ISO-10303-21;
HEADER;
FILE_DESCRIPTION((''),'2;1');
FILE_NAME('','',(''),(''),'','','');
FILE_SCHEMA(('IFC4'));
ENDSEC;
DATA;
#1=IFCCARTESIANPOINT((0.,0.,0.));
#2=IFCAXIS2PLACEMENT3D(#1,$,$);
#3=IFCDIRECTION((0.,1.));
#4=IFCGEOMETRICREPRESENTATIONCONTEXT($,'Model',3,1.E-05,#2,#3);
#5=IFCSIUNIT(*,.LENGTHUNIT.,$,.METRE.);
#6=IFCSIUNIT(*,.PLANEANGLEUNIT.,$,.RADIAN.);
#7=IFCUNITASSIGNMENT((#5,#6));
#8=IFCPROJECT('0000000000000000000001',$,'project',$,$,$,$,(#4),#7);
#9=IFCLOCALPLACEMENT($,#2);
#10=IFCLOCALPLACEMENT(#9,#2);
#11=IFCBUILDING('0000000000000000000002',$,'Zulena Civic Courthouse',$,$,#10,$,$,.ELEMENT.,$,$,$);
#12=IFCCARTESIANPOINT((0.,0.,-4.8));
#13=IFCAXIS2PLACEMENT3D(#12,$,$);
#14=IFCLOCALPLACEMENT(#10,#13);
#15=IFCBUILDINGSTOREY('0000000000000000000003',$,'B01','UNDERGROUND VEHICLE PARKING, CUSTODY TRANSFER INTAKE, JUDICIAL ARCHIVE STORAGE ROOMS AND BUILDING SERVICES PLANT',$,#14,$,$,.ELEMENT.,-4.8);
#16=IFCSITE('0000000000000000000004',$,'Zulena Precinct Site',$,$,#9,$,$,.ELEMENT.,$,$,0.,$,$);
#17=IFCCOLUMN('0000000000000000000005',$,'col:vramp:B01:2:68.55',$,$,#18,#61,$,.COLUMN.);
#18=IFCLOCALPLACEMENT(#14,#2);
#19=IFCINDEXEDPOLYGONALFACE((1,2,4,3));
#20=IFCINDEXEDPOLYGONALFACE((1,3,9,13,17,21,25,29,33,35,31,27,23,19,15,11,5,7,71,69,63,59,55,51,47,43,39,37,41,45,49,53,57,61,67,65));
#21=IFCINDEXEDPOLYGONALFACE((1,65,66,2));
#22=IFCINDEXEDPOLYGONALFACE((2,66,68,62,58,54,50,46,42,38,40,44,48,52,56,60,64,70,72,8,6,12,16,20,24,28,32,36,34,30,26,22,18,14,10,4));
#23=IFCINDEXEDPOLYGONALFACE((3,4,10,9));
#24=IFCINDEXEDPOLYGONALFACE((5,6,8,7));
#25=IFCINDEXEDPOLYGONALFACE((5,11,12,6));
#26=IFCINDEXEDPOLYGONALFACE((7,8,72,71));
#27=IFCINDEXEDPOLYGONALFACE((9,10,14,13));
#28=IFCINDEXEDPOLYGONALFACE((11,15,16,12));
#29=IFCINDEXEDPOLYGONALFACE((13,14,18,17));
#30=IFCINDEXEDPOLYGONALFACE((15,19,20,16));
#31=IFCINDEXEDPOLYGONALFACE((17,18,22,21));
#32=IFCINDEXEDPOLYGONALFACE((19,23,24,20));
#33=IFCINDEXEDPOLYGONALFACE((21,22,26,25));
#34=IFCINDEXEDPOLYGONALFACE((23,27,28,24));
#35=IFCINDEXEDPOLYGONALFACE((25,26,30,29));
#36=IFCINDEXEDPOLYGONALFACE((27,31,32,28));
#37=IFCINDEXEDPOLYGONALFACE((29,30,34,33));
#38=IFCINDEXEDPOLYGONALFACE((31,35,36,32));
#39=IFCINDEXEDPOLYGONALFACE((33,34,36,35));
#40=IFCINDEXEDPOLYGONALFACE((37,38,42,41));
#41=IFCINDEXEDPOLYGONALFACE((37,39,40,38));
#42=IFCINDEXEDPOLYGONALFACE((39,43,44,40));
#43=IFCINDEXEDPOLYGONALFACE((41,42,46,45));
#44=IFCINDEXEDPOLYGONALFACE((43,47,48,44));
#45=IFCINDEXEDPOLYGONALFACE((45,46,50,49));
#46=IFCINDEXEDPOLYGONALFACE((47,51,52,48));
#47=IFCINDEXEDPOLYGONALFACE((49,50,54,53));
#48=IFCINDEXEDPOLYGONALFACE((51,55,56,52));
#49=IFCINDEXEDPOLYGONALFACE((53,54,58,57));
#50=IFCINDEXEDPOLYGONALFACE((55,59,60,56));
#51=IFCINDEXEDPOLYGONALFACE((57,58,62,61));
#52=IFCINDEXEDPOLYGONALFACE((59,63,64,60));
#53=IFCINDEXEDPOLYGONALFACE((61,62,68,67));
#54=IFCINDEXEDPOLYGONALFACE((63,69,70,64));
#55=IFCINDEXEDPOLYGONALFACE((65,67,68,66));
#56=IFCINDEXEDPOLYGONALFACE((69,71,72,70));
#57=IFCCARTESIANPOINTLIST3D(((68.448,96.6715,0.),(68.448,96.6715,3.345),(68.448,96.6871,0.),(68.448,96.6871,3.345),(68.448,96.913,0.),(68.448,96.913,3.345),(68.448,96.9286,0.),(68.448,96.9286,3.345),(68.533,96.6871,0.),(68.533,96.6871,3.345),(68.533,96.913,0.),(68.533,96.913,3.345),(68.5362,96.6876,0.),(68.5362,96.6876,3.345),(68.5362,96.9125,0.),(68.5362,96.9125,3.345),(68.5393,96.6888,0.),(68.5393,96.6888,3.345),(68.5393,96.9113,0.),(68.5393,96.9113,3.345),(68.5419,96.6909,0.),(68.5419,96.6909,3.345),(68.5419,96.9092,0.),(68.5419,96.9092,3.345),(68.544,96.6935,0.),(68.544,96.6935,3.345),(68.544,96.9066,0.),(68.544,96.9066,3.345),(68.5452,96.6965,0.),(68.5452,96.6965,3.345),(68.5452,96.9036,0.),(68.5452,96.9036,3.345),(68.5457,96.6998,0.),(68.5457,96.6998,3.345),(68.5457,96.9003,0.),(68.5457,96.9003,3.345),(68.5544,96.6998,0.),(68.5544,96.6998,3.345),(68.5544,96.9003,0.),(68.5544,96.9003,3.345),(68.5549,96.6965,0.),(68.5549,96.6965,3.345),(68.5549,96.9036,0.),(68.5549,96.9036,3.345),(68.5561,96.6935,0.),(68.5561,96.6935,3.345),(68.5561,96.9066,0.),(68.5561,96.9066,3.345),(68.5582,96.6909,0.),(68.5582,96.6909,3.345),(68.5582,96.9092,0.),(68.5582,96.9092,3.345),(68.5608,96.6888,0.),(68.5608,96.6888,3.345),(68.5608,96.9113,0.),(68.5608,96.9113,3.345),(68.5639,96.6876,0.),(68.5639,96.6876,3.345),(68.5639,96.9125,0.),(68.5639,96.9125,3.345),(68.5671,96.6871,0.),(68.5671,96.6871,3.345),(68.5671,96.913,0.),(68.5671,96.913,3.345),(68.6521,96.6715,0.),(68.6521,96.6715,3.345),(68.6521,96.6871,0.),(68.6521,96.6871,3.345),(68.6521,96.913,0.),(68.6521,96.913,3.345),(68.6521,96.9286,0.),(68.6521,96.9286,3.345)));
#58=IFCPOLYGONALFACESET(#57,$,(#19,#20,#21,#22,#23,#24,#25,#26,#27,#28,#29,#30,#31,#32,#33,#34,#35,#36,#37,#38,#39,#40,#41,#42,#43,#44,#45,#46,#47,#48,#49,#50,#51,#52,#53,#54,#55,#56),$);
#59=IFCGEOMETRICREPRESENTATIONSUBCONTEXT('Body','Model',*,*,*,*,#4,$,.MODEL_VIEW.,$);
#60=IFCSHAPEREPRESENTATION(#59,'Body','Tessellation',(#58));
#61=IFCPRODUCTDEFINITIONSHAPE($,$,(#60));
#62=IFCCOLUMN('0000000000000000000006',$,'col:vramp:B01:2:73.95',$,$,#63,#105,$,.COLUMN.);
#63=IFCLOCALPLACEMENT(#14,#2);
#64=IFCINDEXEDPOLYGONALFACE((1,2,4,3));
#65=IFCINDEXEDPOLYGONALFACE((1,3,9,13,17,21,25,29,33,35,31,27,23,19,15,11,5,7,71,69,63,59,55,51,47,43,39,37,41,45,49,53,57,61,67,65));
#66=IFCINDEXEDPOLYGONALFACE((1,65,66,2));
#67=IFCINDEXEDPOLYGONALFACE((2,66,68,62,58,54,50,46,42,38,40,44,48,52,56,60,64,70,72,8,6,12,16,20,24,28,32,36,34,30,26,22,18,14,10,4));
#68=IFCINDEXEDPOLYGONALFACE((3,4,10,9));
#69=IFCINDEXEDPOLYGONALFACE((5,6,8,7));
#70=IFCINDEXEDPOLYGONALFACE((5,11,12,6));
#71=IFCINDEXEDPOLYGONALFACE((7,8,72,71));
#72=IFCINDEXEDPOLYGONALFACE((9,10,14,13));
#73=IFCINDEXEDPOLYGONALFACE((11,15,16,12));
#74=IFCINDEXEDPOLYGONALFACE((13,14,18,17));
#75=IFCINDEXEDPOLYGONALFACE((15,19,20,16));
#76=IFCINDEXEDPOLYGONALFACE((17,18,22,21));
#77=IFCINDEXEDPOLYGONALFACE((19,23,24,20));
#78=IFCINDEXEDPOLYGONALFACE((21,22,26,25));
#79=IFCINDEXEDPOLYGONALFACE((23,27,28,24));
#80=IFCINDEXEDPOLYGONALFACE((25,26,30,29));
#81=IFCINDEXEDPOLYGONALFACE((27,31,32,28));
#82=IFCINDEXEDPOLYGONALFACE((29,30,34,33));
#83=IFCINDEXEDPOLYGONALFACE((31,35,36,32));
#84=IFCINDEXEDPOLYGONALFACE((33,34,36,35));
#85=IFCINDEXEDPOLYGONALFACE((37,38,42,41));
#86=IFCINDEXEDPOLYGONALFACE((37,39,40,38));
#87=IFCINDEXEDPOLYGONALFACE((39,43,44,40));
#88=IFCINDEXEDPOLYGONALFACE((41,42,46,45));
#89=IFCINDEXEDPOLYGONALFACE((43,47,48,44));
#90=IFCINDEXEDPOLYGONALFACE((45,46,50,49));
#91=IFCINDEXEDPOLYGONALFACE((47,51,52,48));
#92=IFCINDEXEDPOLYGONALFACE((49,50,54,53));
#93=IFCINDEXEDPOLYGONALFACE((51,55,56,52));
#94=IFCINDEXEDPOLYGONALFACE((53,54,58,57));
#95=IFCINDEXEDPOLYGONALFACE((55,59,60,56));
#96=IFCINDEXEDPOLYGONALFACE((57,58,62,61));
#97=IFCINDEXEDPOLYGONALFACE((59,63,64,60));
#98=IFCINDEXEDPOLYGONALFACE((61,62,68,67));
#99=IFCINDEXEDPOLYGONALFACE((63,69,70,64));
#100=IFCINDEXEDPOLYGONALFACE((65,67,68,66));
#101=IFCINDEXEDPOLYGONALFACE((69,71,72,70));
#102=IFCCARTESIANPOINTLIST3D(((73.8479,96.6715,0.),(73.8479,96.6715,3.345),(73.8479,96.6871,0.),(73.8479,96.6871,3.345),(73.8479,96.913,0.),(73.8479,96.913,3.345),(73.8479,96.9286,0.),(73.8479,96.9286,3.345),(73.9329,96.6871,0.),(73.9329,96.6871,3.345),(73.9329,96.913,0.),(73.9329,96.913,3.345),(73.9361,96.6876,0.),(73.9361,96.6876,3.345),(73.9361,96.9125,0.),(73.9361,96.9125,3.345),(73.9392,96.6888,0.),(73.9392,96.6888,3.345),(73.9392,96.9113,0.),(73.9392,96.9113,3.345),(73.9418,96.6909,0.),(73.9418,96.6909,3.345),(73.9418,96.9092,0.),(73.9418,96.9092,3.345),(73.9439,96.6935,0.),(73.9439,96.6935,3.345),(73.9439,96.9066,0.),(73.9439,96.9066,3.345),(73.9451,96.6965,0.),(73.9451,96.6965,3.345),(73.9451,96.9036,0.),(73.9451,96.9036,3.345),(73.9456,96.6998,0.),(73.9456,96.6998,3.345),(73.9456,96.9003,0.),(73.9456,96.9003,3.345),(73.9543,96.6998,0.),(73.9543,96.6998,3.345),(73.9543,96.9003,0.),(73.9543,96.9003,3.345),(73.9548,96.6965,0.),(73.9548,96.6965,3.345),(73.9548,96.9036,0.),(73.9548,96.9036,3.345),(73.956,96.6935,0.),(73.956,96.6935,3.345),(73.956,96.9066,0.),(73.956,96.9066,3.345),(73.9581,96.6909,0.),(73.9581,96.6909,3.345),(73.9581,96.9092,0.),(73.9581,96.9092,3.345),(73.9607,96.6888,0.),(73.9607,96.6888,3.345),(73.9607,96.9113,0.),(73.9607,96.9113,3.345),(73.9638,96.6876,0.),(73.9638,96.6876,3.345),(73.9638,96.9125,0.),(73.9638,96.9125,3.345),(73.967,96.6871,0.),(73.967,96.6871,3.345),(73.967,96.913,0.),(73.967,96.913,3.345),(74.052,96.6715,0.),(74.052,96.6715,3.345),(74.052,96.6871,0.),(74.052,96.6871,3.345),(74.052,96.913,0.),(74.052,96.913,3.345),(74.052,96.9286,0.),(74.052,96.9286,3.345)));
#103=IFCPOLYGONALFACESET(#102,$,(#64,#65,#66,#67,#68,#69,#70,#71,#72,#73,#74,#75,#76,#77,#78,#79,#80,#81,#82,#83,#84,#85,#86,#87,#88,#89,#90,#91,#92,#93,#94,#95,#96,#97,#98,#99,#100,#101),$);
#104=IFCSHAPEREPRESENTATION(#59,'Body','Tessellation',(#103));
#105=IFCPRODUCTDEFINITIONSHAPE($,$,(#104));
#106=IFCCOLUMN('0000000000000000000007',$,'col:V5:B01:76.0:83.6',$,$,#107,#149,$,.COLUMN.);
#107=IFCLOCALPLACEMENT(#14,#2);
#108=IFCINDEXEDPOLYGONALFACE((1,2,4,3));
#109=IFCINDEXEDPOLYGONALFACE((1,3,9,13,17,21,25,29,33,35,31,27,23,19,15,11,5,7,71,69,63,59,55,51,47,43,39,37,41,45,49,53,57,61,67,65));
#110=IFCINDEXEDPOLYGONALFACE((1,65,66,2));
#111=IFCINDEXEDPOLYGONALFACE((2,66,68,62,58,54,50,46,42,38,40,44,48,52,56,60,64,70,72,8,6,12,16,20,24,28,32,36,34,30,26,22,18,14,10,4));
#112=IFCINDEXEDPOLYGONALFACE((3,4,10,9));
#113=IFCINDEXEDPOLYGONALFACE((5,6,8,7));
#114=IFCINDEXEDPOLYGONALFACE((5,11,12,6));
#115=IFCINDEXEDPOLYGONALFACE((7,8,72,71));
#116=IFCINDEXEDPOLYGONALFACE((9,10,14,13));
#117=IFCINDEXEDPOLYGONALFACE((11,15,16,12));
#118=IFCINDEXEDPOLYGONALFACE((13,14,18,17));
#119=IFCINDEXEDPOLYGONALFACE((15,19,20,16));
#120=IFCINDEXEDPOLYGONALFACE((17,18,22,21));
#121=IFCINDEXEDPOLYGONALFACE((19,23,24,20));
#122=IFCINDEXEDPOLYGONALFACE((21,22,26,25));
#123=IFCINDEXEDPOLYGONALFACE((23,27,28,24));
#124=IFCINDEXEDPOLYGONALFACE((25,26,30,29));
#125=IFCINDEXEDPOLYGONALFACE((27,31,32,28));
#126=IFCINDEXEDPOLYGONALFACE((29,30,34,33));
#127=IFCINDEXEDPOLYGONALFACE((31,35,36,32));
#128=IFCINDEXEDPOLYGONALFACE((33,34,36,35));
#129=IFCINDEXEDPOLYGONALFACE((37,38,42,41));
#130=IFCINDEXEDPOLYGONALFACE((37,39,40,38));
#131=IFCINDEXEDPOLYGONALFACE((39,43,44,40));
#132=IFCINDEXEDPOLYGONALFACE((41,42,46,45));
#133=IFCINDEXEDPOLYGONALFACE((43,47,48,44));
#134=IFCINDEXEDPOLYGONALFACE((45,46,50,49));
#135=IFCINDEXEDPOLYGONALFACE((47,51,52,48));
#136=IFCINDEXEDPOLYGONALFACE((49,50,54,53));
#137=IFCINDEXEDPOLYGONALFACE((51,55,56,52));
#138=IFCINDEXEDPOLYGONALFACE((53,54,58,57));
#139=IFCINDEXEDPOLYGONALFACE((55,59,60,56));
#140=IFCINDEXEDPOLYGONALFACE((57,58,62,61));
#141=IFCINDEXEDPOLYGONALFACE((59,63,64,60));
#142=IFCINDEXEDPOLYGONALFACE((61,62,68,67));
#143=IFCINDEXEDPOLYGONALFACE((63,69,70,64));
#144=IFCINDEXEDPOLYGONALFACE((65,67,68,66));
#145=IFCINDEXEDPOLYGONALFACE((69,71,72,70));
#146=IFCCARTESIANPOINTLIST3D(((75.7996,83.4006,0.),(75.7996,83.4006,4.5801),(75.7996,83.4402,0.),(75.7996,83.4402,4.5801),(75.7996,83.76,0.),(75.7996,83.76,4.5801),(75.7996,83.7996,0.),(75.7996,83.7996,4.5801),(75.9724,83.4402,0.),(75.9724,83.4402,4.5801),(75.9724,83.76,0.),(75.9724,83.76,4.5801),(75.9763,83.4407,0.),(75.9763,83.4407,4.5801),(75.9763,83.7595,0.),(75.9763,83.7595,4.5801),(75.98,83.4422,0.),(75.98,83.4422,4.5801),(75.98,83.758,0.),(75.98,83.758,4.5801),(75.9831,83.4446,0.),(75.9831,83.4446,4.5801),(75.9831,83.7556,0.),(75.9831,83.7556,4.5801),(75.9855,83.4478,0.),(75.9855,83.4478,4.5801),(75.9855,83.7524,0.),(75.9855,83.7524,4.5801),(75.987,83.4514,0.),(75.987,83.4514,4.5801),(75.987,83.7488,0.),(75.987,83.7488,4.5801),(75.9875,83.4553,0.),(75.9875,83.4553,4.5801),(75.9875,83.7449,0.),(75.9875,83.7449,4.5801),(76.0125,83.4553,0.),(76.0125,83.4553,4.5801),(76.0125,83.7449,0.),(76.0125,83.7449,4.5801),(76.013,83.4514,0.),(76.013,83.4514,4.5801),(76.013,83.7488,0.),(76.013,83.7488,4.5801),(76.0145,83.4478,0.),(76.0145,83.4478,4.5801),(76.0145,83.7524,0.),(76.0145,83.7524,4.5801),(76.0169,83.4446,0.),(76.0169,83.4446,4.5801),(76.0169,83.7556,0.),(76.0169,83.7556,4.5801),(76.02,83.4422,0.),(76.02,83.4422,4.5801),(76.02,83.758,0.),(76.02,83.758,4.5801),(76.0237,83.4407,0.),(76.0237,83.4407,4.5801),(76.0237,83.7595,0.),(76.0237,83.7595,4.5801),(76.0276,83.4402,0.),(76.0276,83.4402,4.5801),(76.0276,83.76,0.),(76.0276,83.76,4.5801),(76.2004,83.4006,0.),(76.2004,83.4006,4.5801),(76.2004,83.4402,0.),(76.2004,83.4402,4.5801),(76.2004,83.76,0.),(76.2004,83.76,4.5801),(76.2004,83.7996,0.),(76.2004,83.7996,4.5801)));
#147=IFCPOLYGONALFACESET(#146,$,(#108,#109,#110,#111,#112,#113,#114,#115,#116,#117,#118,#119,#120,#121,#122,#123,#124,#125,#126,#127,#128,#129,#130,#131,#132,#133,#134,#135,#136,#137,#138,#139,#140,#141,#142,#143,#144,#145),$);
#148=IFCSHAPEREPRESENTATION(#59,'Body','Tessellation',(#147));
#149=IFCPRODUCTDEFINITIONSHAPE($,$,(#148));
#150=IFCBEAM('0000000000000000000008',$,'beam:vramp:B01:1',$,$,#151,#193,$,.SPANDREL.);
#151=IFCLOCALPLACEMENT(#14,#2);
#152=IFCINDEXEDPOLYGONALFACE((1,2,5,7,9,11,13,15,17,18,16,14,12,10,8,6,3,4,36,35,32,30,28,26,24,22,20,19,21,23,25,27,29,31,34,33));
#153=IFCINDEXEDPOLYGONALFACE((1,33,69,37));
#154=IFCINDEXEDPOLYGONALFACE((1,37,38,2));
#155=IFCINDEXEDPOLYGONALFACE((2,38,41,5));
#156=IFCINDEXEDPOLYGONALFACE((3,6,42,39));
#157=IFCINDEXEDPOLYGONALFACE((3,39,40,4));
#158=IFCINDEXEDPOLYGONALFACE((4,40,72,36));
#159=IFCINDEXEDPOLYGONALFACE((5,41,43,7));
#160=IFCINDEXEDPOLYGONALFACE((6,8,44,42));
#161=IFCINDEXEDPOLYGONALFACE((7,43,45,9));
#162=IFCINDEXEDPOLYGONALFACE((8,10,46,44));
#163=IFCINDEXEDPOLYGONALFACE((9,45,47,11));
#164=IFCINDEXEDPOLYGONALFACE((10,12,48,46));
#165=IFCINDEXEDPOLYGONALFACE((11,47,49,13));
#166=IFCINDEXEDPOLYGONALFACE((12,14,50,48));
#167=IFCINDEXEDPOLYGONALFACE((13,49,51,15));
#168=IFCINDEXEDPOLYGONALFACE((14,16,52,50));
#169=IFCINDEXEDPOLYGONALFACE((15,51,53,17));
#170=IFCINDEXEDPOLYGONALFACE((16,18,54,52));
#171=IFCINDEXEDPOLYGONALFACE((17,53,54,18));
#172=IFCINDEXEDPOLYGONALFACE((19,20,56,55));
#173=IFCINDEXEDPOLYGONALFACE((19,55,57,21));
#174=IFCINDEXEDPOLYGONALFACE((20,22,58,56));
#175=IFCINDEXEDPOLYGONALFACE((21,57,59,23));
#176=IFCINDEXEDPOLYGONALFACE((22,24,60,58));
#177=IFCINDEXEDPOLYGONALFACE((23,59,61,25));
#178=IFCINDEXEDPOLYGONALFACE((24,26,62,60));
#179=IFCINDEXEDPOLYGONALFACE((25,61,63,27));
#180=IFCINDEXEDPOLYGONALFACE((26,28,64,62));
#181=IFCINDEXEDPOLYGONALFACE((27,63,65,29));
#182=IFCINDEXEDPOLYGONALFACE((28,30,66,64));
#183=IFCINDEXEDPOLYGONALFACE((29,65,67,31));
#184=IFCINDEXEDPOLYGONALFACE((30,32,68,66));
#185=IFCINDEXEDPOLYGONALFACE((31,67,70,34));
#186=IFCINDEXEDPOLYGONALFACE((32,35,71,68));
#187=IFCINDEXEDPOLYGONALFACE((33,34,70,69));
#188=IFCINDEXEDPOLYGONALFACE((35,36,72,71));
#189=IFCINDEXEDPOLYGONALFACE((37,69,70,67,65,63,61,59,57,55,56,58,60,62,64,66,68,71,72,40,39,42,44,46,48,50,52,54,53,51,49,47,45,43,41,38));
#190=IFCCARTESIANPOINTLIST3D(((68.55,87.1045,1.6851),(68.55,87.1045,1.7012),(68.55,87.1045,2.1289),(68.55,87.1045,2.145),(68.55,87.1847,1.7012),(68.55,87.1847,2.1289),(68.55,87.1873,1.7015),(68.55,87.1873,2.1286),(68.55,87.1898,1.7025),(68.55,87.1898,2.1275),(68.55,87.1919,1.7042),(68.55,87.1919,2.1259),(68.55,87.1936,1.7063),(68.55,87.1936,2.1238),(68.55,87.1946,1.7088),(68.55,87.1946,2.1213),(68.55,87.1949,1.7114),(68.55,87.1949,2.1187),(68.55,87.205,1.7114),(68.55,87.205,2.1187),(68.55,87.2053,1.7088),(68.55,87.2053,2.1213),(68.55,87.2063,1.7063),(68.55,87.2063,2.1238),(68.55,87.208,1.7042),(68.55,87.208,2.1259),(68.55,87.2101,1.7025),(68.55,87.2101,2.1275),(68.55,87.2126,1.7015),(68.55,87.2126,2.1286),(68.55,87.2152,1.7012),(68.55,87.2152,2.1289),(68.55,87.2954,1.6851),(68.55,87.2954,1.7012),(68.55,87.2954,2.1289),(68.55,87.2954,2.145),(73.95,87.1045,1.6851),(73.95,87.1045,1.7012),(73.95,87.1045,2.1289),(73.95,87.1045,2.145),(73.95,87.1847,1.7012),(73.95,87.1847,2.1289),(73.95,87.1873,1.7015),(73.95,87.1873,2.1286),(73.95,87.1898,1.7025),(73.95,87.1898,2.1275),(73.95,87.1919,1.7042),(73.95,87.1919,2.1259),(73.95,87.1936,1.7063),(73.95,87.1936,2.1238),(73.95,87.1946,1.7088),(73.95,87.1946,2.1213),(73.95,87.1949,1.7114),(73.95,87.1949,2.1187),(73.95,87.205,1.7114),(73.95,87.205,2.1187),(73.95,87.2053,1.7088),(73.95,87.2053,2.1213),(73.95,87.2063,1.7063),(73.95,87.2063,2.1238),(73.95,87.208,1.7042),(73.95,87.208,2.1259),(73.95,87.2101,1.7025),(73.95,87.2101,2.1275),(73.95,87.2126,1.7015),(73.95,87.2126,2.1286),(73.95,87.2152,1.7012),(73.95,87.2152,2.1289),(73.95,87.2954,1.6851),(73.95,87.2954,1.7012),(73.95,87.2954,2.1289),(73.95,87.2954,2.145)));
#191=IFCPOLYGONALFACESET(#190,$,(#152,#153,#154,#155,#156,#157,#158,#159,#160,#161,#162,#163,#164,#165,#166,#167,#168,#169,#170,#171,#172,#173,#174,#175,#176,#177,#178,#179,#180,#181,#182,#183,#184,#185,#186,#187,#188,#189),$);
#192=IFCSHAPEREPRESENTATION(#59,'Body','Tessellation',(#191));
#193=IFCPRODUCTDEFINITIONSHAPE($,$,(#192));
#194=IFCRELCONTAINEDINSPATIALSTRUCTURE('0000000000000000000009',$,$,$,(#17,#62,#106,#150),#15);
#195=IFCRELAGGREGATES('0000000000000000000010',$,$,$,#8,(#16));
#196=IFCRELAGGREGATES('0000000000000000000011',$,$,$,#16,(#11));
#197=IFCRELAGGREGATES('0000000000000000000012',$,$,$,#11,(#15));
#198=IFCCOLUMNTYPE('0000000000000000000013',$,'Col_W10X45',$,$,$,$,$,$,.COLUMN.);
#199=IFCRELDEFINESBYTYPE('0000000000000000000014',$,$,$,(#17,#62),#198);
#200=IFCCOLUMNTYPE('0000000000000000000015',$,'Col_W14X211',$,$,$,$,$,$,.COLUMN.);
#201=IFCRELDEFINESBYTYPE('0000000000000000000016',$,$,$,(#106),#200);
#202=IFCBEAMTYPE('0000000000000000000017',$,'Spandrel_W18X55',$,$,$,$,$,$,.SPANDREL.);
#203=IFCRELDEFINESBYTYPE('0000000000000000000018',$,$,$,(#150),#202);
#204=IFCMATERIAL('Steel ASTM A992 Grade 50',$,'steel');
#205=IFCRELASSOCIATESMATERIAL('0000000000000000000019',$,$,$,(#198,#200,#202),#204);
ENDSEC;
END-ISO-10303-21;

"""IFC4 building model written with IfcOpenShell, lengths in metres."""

from ifc_helpers import new_model, si_unit, direction, frame, origin, origin_2d, place, context, subcontext, project, spatial, i_section, extrude, material, material_profile, profile_set, type_object, element, save


model = new_model("IFC4")

# Units and contexts
model_context = context("Model", 3, precision=1e-05, world=origin(), true_north=direction((0.0, 1.0)))
body_context = subcontext(model_context, "Body", "Model", "MODEL_VIEW")
ifc_project = project(units=[si_unit("LENGTHUNIT", "METRE"), si_unit("PLANEANGLEUNIT", "RADIAN")], contexts=[model_context])

# Site, building, storey
site_placement = place(None, origin())
site = spatial("IfcSite", under=ifc_project, at=site_placement, Name="Zulena Precinct Site", CompositionType="ELEMENT", RefElevation=0.0)
building_placement = place(site_placement, origin())
building = spatial("IfcBuilding", under=site, at=building_placement, Name="Zulena Civic Courthouse", CompositionType="ELEMENT")
storey_placement = place(building_placement, frame((0.0, 0.0, -4.8)))
storey = spatial("IfcBuildingStorey", under=building, at=storey_placement, Name="B01", Description="UNDERGROUND VEHICLE PARKING, CUSTODY TRANSFER INTAKE, JUDICIAL ARCHIVE STORAGE ROOMS AND BUILDING SERVICES PLANT", CompositionType="ELEMENT", Elevation=-4.8)

# Columns
ifc_material_1 = material(Name="Steel ASTM A992 Grade 50", Category="steel")
ifc_material_profile_1 = material_profile(ifc_material_1, i_section(OverallWidth=0.2041, OverallDepth=0.2571, WebThickness=0.0088, FlangeThickness=0.0156, FilletRadius=0.0127, at=origin_2d()), Name="W10X45")
ifc_profile_set_1 = profile_set([ifc_material_profile_1], Name="Steel ASTM A992 Grade 50")
column_type_1 = type_object("IfcColumnType", Name="Col_W10X45", PredefinedType="COLUMN", material=ifc_profile_set_1)
for number, where, z_axis, x_axis, name in (
    (1, (68.55, 96.8, 0.0), (0.0, 0.0, 1.0), (1.0, 0.0, 0.0), "col:vramp:B01:2:68.55"),
    (2, (73.95, 96.8, 0.0), (0.0, 0.0, 1.0), (1.0, 0.0, 0.0), "col:vramp:B01:2:73.95"),
):
    element("IfcColumn", number, at=place(storey_placement, frame(where, z_axis=z_axis, x_axis=x_axis)), inside=storey, type_object=column_type_1, Name=name, PredefinedType="COLUMN", context=body_context, shape_type="SweptSolid", body=[
        extrude(i_section(OverallWidth=0.2041, OverallDepth=0.2571, WebThickness=0.0088, FlangeThickness=0.0156, FilletRadius=0.0127, at=origin_2d()), origin(), (0.0, 0.0, 1.0), 3.345),
    ])
ifc_material_profile_2 = material_profile(ifc_material_1, i_section(OverallWidth=0.4009, OverallDepth=0.3989, WebThickness=0.0249, FlangeThickness=0.0396, FilletRadius=0.0151, at=origin_2d()), Name="W14X211")
ifc_profile_set_2 = profile_set([ifc_material_profile_2], Name="Steel ASTM A992 Grade 50")
column_type_2 = type_object("IfcColumnType", Name="Col_W14X211", PredefinedType="COLUMN", material=ifc_profile_set_2)
column_1_placement = place(storey_placement, frame((76.0, 83.6001, 0.0), z_axis=(0.0, 0.0, 1.0), x_axis=(1.0, 0.0, 0.0)))
element("IfcColumn", 3, at=column_1_placement, inside=storey, type_object=column_type_2, Name="col:V5:B01:76.0:83.6", PredefinedType="COLUMN", context=body_context, shape_type="SweptSolid", body=[
    extrude(i_section(OverallWidth=0.4009, OverallDepth=0.3989, WebThickness=0.0249, FlangeThickness=0.0396, FilletRadius=0.0151, at=origin_2d()), origin(), (0.0, 0.0, 1.0), 4.5801),
])

# Beam
ifc_material_profile_3 = material_profile(ifc_material_1, i_section(OverallWidth=0.1909, OverallDepth=0.46, WebThickness=0.01, FlangeThickness=0.0161, FilletRadius=0.0103, at=origin_2d()), Name="W18X55")
ifc_profile_set_3 = profile_set([ifc_material_profile_3], Name="Steel ASTM A992 Grade 50")
beam_type = type_object("IfcBeamType", Name="Spandrel_W18X55", PredefinedType="SPANDREL", material=ifc_profile_set_3)
for number, where, z_axis, x_axis, name in (
    (4, (68.55, 87.2, 1.915), (1.0, 0.0, 0.0), (0.0, 1.0, 0.0), "beam:vramp:B01:1"),
):
    element("IfcBeam", number, at=place(storey_placement, frame(where, z_axis=z_axis, x_axis=x_axis)), inside=storey, type_object=beam_type, Name=name, PredefinedType="SPANDREL", context=body_context, shape_type="SweptSolid", body=[
        extrude(i_section(OverallWidth=0.1909, OverallDepth=0.46, WebThickness=0.01, FlangeThickness=0.0161, FilletRadius=0.0103, at=origin_2d()), origin(), (0.0, 0.0, 1.0), 5.3999),
    ])

save(model, "model.ifc")
